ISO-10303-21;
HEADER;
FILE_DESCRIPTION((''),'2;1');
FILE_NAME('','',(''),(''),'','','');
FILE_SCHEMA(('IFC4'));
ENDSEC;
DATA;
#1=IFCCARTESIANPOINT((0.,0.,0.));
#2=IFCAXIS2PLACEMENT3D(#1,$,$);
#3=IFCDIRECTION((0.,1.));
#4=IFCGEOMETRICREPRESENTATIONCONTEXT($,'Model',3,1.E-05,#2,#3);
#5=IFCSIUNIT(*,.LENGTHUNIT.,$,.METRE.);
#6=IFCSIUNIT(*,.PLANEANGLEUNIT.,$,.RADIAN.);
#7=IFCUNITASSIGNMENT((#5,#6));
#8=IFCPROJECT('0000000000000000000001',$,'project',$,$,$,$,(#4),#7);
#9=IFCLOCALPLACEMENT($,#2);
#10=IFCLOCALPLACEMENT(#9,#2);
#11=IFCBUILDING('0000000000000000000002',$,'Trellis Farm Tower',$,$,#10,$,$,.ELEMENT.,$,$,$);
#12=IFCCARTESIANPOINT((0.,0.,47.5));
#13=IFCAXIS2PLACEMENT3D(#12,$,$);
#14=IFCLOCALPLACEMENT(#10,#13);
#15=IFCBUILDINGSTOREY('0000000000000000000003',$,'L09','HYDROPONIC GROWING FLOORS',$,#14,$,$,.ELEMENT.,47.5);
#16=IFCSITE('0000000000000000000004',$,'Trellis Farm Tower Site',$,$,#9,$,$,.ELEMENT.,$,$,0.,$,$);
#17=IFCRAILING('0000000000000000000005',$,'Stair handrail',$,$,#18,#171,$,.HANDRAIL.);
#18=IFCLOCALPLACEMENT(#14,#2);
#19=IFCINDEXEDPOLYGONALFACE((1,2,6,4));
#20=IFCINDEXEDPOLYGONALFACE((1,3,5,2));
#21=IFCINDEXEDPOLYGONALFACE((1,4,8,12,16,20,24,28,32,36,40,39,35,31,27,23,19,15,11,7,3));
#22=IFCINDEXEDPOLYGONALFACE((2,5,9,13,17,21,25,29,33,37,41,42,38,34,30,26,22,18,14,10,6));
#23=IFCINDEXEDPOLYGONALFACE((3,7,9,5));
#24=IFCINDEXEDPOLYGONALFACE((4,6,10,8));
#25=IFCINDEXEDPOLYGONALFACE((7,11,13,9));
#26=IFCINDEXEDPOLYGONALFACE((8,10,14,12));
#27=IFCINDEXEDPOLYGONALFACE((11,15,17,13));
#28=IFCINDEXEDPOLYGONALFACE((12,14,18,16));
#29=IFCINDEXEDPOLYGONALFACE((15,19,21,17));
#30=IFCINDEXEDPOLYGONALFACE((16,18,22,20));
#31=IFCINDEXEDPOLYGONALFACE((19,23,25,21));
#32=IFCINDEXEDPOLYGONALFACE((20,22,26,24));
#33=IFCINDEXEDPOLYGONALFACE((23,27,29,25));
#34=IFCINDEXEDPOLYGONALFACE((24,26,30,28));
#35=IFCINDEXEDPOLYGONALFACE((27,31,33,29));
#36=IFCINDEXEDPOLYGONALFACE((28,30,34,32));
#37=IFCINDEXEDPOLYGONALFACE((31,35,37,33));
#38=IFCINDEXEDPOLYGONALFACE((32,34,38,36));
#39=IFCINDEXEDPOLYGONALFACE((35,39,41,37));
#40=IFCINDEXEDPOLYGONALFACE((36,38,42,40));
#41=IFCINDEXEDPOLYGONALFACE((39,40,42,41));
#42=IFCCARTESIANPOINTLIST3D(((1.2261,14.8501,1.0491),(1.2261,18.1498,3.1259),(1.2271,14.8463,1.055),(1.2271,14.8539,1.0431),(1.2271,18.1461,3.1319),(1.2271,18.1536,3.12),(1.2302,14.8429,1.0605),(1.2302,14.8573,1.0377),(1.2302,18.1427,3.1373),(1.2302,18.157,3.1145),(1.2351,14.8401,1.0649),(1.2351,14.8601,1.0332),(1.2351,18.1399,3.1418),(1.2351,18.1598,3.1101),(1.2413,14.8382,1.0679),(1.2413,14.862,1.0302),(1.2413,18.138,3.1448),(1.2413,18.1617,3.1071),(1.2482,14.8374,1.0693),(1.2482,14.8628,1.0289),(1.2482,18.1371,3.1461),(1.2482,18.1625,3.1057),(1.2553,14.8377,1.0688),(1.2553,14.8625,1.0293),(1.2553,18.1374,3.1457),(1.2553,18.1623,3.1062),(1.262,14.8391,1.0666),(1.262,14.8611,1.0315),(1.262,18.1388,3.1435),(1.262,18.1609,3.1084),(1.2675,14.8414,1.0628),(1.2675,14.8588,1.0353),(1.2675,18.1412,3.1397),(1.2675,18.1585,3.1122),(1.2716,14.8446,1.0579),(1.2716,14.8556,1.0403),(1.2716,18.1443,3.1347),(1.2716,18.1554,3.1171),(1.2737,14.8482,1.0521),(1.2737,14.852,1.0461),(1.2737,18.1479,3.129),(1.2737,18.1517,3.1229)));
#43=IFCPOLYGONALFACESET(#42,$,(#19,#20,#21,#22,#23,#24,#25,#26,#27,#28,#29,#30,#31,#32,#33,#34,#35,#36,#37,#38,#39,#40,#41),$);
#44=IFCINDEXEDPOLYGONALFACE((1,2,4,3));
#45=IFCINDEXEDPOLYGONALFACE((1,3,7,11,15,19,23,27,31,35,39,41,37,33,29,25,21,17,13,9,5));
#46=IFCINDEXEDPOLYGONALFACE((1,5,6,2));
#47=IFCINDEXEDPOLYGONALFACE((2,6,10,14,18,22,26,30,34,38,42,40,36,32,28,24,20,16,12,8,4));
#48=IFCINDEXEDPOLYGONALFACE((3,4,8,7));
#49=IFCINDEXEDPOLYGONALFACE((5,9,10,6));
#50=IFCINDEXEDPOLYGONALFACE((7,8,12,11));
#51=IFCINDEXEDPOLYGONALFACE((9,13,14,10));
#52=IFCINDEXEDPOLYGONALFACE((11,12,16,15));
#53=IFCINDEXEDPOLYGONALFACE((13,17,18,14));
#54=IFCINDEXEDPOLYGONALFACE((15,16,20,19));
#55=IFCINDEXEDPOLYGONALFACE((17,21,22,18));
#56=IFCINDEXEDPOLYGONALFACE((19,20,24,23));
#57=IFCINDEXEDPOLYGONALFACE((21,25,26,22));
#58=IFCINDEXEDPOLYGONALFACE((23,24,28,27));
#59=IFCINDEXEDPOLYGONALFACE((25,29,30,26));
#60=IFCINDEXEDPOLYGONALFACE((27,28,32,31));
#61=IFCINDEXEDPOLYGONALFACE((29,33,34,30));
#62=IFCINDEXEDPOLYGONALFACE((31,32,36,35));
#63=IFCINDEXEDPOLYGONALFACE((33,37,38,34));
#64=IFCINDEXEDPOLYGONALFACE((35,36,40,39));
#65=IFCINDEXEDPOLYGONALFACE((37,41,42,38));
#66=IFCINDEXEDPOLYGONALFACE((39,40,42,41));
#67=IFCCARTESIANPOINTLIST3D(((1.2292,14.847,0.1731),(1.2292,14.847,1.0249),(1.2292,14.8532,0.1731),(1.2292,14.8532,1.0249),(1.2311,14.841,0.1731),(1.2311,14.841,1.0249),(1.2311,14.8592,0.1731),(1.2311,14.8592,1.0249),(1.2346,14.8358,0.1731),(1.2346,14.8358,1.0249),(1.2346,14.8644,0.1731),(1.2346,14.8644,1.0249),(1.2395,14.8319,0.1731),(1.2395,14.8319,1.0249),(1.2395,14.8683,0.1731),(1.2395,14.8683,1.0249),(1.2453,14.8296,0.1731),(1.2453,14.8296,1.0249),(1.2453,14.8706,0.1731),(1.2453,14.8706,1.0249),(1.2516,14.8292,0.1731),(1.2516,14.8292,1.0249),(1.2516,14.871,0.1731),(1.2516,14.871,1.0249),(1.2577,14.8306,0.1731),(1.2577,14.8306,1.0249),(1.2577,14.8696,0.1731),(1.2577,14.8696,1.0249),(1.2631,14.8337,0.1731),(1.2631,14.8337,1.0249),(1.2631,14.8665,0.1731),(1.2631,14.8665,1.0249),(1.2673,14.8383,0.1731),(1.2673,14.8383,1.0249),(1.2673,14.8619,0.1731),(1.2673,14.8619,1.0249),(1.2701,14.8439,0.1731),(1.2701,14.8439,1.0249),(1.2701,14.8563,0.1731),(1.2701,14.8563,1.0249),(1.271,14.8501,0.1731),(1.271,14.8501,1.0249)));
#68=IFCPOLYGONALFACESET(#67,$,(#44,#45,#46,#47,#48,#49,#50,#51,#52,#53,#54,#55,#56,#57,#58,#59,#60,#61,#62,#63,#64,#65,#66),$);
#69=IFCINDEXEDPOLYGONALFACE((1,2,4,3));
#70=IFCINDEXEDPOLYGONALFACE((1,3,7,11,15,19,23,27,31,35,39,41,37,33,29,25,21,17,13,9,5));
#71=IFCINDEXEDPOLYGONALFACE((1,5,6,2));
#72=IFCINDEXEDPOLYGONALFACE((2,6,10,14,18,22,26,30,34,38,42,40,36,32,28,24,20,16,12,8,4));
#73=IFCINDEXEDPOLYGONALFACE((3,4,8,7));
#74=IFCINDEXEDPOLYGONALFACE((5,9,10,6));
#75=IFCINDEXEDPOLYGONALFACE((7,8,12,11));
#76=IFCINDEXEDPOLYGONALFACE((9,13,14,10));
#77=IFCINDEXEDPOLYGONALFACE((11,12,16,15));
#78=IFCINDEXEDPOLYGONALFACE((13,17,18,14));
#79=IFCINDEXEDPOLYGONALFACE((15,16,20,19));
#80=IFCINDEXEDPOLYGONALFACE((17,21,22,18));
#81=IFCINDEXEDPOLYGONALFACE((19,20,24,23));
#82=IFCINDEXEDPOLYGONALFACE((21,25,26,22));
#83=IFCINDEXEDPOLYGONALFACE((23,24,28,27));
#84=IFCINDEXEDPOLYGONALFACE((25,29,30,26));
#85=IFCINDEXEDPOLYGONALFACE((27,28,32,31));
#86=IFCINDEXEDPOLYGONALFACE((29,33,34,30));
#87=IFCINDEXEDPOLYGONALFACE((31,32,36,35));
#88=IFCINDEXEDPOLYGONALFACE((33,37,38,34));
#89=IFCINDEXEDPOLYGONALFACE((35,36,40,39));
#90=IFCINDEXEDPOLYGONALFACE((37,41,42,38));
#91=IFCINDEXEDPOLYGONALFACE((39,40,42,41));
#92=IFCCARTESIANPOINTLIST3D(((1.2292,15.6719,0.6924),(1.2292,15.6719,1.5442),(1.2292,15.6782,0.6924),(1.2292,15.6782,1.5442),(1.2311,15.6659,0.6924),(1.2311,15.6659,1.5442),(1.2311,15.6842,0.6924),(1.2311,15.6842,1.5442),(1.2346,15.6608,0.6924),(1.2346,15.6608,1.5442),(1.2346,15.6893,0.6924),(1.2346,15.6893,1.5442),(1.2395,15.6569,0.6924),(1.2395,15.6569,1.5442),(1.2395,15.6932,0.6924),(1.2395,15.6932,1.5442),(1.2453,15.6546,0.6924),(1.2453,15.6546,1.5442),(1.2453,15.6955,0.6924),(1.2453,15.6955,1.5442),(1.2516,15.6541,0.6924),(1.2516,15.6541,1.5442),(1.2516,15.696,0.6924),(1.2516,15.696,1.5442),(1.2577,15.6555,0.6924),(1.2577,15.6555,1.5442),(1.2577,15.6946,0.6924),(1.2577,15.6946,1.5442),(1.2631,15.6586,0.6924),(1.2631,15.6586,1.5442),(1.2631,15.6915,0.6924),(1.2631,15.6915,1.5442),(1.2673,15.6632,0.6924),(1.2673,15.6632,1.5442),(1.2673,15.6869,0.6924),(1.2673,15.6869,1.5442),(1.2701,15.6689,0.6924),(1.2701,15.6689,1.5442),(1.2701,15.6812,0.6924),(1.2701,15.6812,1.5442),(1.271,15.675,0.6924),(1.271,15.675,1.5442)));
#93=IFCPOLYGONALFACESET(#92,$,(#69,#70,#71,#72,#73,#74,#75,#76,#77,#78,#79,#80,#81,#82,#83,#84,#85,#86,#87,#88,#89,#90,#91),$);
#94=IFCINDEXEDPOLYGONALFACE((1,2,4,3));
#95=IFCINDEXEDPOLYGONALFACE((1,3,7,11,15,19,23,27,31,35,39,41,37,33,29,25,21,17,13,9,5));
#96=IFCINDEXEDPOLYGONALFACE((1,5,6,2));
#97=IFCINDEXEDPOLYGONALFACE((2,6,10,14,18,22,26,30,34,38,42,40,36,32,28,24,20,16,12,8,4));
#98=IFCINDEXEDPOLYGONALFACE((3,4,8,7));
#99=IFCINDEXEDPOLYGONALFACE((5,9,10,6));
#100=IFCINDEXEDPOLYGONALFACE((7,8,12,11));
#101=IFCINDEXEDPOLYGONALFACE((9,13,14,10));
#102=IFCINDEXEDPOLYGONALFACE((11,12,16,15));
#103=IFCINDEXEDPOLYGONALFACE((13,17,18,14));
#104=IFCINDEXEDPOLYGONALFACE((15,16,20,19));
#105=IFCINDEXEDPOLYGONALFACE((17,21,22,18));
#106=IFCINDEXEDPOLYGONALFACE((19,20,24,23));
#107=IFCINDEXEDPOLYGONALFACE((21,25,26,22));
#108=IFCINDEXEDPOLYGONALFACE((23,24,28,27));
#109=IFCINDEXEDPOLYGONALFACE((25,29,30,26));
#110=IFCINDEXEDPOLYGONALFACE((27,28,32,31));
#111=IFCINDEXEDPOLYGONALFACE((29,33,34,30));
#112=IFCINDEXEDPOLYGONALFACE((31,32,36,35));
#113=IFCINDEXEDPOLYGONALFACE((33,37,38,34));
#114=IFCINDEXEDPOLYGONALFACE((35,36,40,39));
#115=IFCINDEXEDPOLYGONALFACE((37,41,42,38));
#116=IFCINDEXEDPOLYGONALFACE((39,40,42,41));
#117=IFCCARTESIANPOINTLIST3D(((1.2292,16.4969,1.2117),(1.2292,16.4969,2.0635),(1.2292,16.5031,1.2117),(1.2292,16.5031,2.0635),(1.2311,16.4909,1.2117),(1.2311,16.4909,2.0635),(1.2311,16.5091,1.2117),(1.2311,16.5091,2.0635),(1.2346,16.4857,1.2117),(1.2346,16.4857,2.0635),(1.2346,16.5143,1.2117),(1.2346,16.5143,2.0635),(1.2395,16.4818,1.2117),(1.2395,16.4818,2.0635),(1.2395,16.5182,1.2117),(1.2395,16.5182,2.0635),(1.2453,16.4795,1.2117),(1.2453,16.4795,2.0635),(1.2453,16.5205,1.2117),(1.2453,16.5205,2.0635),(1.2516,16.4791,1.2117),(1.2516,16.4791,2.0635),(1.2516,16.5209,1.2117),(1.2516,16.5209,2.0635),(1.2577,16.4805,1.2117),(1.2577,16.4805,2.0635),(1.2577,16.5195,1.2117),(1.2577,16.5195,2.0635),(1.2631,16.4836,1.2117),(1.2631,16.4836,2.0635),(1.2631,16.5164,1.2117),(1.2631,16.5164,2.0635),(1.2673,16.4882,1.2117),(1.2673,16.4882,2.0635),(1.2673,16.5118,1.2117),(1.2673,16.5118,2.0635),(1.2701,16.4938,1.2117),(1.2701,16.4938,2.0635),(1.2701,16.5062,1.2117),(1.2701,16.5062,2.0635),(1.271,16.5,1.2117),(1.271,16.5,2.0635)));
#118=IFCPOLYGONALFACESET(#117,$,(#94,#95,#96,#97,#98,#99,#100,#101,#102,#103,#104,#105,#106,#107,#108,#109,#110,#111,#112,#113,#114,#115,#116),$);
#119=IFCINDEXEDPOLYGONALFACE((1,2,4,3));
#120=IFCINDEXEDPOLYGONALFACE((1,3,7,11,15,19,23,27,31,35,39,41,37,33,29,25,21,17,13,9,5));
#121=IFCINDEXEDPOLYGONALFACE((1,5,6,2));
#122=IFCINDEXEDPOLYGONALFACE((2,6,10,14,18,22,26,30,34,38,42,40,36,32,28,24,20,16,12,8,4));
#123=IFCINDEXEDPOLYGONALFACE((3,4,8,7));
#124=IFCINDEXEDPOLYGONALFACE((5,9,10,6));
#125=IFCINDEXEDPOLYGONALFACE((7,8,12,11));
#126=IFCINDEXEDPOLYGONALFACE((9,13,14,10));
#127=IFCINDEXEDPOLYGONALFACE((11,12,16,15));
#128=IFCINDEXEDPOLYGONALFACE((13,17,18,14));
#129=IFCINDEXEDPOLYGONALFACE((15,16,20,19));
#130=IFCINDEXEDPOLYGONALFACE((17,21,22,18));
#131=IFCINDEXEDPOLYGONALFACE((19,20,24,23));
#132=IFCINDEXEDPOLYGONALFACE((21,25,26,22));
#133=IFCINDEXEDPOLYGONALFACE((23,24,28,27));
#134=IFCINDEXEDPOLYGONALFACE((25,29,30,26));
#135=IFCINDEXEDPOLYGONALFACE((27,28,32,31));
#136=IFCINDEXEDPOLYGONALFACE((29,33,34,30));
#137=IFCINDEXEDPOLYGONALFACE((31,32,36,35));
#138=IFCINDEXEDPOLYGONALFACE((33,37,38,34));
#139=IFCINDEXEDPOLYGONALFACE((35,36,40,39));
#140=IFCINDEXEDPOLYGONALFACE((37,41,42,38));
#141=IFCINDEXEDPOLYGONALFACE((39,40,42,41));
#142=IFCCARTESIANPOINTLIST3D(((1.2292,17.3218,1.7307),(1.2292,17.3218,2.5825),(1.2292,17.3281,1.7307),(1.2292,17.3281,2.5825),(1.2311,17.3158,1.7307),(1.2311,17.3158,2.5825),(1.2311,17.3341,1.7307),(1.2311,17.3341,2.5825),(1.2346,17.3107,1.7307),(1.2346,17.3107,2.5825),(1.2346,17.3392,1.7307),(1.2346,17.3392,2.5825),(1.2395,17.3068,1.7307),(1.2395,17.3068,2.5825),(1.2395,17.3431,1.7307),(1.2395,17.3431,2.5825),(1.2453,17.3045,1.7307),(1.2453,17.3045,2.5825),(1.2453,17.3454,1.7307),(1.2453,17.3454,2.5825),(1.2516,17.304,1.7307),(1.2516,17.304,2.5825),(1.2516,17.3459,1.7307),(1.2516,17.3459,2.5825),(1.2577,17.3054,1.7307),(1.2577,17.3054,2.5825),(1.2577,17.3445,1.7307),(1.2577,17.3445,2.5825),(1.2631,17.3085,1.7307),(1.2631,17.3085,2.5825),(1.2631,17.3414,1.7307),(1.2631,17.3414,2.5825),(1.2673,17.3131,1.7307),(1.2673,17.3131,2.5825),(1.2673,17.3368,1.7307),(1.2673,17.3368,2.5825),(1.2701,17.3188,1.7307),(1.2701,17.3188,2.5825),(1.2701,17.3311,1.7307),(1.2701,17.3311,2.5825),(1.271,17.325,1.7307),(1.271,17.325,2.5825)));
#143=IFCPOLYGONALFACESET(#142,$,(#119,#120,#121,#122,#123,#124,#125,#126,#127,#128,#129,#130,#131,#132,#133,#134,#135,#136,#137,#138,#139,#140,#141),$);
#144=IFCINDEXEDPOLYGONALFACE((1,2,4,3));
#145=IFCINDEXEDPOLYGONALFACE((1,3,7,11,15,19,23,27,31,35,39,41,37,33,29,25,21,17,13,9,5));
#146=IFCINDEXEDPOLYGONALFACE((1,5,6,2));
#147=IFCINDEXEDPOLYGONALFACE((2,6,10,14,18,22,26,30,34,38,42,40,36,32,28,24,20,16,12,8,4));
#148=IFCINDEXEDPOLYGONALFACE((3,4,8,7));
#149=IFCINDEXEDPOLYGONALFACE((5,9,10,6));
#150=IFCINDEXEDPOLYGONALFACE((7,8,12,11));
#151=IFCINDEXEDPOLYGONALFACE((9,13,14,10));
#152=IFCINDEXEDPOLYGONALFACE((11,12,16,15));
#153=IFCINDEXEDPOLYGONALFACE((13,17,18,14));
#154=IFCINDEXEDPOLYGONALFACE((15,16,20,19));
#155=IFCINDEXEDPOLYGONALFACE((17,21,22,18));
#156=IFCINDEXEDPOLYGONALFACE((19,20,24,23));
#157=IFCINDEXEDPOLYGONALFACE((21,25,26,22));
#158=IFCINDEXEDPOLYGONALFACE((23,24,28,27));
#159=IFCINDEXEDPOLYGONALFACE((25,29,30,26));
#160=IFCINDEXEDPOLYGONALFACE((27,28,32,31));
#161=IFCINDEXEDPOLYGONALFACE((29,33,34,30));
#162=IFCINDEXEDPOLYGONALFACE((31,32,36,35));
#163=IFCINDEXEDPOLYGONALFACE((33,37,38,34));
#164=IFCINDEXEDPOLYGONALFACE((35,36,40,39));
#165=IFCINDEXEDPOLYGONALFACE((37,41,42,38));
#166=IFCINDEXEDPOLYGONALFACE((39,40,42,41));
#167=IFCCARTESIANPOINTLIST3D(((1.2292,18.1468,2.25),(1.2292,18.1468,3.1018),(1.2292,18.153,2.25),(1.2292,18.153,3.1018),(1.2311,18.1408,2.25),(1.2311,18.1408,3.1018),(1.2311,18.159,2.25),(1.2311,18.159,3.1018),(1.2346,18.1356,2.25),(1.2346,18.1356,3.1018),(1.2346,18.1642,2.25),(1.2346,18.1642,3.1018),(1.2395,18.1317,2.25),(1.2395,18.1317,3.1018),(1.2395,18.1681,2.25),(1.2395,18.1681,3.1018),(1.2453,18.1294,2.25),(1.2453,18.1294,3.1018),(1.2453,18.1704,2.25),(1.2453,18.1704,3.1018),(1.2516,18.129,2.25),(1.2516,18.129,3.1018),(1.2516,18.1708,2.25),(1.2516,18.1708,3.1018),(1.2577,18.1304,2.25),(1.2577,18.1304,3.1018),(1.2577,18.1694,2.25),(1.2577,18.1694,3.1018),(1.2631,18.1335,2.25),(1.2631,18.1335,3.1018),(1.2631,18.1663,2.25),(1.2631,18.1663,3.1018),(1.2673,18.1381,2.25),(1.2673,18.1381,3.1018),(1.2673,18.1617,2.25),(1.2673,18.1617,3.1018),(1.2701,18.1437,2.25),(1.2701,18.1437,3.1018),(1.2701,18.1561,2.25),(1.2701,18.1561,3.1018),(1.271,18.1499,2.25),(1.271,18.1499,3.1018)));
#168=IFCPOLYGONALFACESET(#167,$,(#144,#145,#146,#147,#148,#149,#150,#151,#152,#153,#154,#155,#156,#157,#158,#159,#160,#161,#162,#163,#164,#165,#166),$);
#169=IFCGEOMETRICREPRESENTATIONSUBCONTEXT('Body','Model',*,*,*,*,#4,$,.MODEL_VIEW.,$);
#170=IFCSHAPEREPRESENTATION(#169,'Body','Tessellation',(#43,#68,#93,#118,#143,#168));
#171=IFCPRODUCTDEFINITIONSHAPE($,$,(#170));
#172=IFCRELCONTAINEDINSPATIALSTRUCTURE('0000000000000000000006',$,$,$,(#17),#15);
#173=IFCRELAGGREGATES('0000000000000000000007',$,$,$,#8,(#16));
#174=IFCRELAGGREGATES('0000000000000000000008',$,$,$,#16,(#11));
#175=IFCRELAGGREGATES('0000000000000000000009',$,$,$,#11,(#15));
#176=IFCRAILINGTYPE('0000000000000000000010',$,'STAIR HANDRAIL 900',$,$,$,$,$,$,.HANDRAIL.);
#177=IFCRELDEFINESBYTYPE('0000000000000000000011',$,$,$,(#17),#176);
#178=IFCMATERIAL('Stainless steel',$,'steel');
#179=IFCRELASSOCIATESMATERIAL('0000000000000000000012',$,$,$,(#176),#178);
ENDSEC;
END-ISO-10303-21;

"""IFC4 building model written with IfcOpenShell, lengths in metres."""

from ifc_helpers import new_model, si_unit, direction, frame, origin, origin_2d, place, context, subcontext, project, spatial, circle, extrude, source, transform, mapped, material, type_object, element, save


model = new_model("IFC4")

# Units and contexts
model_context = context("Model", 3, precision=1e-05, world=origin(), true_north=direction((0.0, 1.0)))
body_context = subcontext(model_context, "Body", "Model", "MODEL_VIEW")
ifc_project = project(units=[si_unit("LENGTHUNIT", "METRE"), si_unit("PLANEANGLEUNIT", "RADIAN")], contexts=[model_context])

# Site, building, storey
site_placement = place(None, origin())
site = spatial("IfcSite", under=ifc_project, at=site_placement, Name="Trellis Farm Tower Site", CompositionType="ELEMENT", RefElevation=0.0)
building_placement = place(site_placement, origin())
building = spatial("IfcBuilding", under=site, at=building_placement, Name="Trellis Farm Tower", CompositionType="ELEMENT")
storey_placement = place(building_placement, frame((0.0, 0.0, 47.5)))
storey = spatial("IfcBuildingStorey", under=building, at=storey_placement, Name="L09", Description="HYDROPONIC GROWING FLOORS", CompositionType="ELEMENT", Elevation=47.5)

# Railing
ifc_material_1 = material(Name="Stainless steel", Category="steel")
railing_type = type_object("IfcRailingType", Name="STAIR HANDRAIL 900", PredefinedType="HANDRAIL", material=ifc_material_1)
shared_shape_1 = source(origin(), body_context, "Body", "SweptSolid", [
    extrude(circle(Radius=0.0239, at=origin_2d()), frame((0.0, 0.0, 0.876), z_axis=(0.0, 0.84632, 0.532675), x_axis=(-1.0, 0.0, 0.0)), (0.0, 0.0, 1.0), 3.8989),
    extrude(circle(Radius=0.021, at=origin_2d()), origin(), (0.0, 0.0, 1.0), 0.8518),
    extrude(circle(Radius=0.021, at=origin_2d()), frame((0.0, 0.825, 0.5193)), (0.0, 0.0, 1.0), 0.8518),
    extrude(circle(Radius=0.021, at=origin_2d()), frame((0.0, 1.6499, 1.0386)), (0.0, 0.0, 1.0), 0.8518),
    extrude(circle(Radius=0.021, at=origin_2d()), frame((0.0, 2.4749, 1.5576)), (0.0, 0.0, 1.0), 0.8518),
    extrude(circle(Radius=0.021, at=origin_2d()), frame((0.0, 3.2998, 2.0769)), (0.0, 0.0, 1.0), 0.8518),
])
railing_placement = place(storey_placement, frame((1.25, 14.8501, 0.1731)))
element("IfcRailing", 1, at=railing_placement, inside=storey, type_object=railing_type, Name="Stair handrail", PredefinedType="HANDRAIL", context=body_context, shape_type="MappedRepresentation", body=[
    mapped(shared_shape_1, transform((0.0, 0.0, 0.0))),
])

save(model, "model.ifc")
